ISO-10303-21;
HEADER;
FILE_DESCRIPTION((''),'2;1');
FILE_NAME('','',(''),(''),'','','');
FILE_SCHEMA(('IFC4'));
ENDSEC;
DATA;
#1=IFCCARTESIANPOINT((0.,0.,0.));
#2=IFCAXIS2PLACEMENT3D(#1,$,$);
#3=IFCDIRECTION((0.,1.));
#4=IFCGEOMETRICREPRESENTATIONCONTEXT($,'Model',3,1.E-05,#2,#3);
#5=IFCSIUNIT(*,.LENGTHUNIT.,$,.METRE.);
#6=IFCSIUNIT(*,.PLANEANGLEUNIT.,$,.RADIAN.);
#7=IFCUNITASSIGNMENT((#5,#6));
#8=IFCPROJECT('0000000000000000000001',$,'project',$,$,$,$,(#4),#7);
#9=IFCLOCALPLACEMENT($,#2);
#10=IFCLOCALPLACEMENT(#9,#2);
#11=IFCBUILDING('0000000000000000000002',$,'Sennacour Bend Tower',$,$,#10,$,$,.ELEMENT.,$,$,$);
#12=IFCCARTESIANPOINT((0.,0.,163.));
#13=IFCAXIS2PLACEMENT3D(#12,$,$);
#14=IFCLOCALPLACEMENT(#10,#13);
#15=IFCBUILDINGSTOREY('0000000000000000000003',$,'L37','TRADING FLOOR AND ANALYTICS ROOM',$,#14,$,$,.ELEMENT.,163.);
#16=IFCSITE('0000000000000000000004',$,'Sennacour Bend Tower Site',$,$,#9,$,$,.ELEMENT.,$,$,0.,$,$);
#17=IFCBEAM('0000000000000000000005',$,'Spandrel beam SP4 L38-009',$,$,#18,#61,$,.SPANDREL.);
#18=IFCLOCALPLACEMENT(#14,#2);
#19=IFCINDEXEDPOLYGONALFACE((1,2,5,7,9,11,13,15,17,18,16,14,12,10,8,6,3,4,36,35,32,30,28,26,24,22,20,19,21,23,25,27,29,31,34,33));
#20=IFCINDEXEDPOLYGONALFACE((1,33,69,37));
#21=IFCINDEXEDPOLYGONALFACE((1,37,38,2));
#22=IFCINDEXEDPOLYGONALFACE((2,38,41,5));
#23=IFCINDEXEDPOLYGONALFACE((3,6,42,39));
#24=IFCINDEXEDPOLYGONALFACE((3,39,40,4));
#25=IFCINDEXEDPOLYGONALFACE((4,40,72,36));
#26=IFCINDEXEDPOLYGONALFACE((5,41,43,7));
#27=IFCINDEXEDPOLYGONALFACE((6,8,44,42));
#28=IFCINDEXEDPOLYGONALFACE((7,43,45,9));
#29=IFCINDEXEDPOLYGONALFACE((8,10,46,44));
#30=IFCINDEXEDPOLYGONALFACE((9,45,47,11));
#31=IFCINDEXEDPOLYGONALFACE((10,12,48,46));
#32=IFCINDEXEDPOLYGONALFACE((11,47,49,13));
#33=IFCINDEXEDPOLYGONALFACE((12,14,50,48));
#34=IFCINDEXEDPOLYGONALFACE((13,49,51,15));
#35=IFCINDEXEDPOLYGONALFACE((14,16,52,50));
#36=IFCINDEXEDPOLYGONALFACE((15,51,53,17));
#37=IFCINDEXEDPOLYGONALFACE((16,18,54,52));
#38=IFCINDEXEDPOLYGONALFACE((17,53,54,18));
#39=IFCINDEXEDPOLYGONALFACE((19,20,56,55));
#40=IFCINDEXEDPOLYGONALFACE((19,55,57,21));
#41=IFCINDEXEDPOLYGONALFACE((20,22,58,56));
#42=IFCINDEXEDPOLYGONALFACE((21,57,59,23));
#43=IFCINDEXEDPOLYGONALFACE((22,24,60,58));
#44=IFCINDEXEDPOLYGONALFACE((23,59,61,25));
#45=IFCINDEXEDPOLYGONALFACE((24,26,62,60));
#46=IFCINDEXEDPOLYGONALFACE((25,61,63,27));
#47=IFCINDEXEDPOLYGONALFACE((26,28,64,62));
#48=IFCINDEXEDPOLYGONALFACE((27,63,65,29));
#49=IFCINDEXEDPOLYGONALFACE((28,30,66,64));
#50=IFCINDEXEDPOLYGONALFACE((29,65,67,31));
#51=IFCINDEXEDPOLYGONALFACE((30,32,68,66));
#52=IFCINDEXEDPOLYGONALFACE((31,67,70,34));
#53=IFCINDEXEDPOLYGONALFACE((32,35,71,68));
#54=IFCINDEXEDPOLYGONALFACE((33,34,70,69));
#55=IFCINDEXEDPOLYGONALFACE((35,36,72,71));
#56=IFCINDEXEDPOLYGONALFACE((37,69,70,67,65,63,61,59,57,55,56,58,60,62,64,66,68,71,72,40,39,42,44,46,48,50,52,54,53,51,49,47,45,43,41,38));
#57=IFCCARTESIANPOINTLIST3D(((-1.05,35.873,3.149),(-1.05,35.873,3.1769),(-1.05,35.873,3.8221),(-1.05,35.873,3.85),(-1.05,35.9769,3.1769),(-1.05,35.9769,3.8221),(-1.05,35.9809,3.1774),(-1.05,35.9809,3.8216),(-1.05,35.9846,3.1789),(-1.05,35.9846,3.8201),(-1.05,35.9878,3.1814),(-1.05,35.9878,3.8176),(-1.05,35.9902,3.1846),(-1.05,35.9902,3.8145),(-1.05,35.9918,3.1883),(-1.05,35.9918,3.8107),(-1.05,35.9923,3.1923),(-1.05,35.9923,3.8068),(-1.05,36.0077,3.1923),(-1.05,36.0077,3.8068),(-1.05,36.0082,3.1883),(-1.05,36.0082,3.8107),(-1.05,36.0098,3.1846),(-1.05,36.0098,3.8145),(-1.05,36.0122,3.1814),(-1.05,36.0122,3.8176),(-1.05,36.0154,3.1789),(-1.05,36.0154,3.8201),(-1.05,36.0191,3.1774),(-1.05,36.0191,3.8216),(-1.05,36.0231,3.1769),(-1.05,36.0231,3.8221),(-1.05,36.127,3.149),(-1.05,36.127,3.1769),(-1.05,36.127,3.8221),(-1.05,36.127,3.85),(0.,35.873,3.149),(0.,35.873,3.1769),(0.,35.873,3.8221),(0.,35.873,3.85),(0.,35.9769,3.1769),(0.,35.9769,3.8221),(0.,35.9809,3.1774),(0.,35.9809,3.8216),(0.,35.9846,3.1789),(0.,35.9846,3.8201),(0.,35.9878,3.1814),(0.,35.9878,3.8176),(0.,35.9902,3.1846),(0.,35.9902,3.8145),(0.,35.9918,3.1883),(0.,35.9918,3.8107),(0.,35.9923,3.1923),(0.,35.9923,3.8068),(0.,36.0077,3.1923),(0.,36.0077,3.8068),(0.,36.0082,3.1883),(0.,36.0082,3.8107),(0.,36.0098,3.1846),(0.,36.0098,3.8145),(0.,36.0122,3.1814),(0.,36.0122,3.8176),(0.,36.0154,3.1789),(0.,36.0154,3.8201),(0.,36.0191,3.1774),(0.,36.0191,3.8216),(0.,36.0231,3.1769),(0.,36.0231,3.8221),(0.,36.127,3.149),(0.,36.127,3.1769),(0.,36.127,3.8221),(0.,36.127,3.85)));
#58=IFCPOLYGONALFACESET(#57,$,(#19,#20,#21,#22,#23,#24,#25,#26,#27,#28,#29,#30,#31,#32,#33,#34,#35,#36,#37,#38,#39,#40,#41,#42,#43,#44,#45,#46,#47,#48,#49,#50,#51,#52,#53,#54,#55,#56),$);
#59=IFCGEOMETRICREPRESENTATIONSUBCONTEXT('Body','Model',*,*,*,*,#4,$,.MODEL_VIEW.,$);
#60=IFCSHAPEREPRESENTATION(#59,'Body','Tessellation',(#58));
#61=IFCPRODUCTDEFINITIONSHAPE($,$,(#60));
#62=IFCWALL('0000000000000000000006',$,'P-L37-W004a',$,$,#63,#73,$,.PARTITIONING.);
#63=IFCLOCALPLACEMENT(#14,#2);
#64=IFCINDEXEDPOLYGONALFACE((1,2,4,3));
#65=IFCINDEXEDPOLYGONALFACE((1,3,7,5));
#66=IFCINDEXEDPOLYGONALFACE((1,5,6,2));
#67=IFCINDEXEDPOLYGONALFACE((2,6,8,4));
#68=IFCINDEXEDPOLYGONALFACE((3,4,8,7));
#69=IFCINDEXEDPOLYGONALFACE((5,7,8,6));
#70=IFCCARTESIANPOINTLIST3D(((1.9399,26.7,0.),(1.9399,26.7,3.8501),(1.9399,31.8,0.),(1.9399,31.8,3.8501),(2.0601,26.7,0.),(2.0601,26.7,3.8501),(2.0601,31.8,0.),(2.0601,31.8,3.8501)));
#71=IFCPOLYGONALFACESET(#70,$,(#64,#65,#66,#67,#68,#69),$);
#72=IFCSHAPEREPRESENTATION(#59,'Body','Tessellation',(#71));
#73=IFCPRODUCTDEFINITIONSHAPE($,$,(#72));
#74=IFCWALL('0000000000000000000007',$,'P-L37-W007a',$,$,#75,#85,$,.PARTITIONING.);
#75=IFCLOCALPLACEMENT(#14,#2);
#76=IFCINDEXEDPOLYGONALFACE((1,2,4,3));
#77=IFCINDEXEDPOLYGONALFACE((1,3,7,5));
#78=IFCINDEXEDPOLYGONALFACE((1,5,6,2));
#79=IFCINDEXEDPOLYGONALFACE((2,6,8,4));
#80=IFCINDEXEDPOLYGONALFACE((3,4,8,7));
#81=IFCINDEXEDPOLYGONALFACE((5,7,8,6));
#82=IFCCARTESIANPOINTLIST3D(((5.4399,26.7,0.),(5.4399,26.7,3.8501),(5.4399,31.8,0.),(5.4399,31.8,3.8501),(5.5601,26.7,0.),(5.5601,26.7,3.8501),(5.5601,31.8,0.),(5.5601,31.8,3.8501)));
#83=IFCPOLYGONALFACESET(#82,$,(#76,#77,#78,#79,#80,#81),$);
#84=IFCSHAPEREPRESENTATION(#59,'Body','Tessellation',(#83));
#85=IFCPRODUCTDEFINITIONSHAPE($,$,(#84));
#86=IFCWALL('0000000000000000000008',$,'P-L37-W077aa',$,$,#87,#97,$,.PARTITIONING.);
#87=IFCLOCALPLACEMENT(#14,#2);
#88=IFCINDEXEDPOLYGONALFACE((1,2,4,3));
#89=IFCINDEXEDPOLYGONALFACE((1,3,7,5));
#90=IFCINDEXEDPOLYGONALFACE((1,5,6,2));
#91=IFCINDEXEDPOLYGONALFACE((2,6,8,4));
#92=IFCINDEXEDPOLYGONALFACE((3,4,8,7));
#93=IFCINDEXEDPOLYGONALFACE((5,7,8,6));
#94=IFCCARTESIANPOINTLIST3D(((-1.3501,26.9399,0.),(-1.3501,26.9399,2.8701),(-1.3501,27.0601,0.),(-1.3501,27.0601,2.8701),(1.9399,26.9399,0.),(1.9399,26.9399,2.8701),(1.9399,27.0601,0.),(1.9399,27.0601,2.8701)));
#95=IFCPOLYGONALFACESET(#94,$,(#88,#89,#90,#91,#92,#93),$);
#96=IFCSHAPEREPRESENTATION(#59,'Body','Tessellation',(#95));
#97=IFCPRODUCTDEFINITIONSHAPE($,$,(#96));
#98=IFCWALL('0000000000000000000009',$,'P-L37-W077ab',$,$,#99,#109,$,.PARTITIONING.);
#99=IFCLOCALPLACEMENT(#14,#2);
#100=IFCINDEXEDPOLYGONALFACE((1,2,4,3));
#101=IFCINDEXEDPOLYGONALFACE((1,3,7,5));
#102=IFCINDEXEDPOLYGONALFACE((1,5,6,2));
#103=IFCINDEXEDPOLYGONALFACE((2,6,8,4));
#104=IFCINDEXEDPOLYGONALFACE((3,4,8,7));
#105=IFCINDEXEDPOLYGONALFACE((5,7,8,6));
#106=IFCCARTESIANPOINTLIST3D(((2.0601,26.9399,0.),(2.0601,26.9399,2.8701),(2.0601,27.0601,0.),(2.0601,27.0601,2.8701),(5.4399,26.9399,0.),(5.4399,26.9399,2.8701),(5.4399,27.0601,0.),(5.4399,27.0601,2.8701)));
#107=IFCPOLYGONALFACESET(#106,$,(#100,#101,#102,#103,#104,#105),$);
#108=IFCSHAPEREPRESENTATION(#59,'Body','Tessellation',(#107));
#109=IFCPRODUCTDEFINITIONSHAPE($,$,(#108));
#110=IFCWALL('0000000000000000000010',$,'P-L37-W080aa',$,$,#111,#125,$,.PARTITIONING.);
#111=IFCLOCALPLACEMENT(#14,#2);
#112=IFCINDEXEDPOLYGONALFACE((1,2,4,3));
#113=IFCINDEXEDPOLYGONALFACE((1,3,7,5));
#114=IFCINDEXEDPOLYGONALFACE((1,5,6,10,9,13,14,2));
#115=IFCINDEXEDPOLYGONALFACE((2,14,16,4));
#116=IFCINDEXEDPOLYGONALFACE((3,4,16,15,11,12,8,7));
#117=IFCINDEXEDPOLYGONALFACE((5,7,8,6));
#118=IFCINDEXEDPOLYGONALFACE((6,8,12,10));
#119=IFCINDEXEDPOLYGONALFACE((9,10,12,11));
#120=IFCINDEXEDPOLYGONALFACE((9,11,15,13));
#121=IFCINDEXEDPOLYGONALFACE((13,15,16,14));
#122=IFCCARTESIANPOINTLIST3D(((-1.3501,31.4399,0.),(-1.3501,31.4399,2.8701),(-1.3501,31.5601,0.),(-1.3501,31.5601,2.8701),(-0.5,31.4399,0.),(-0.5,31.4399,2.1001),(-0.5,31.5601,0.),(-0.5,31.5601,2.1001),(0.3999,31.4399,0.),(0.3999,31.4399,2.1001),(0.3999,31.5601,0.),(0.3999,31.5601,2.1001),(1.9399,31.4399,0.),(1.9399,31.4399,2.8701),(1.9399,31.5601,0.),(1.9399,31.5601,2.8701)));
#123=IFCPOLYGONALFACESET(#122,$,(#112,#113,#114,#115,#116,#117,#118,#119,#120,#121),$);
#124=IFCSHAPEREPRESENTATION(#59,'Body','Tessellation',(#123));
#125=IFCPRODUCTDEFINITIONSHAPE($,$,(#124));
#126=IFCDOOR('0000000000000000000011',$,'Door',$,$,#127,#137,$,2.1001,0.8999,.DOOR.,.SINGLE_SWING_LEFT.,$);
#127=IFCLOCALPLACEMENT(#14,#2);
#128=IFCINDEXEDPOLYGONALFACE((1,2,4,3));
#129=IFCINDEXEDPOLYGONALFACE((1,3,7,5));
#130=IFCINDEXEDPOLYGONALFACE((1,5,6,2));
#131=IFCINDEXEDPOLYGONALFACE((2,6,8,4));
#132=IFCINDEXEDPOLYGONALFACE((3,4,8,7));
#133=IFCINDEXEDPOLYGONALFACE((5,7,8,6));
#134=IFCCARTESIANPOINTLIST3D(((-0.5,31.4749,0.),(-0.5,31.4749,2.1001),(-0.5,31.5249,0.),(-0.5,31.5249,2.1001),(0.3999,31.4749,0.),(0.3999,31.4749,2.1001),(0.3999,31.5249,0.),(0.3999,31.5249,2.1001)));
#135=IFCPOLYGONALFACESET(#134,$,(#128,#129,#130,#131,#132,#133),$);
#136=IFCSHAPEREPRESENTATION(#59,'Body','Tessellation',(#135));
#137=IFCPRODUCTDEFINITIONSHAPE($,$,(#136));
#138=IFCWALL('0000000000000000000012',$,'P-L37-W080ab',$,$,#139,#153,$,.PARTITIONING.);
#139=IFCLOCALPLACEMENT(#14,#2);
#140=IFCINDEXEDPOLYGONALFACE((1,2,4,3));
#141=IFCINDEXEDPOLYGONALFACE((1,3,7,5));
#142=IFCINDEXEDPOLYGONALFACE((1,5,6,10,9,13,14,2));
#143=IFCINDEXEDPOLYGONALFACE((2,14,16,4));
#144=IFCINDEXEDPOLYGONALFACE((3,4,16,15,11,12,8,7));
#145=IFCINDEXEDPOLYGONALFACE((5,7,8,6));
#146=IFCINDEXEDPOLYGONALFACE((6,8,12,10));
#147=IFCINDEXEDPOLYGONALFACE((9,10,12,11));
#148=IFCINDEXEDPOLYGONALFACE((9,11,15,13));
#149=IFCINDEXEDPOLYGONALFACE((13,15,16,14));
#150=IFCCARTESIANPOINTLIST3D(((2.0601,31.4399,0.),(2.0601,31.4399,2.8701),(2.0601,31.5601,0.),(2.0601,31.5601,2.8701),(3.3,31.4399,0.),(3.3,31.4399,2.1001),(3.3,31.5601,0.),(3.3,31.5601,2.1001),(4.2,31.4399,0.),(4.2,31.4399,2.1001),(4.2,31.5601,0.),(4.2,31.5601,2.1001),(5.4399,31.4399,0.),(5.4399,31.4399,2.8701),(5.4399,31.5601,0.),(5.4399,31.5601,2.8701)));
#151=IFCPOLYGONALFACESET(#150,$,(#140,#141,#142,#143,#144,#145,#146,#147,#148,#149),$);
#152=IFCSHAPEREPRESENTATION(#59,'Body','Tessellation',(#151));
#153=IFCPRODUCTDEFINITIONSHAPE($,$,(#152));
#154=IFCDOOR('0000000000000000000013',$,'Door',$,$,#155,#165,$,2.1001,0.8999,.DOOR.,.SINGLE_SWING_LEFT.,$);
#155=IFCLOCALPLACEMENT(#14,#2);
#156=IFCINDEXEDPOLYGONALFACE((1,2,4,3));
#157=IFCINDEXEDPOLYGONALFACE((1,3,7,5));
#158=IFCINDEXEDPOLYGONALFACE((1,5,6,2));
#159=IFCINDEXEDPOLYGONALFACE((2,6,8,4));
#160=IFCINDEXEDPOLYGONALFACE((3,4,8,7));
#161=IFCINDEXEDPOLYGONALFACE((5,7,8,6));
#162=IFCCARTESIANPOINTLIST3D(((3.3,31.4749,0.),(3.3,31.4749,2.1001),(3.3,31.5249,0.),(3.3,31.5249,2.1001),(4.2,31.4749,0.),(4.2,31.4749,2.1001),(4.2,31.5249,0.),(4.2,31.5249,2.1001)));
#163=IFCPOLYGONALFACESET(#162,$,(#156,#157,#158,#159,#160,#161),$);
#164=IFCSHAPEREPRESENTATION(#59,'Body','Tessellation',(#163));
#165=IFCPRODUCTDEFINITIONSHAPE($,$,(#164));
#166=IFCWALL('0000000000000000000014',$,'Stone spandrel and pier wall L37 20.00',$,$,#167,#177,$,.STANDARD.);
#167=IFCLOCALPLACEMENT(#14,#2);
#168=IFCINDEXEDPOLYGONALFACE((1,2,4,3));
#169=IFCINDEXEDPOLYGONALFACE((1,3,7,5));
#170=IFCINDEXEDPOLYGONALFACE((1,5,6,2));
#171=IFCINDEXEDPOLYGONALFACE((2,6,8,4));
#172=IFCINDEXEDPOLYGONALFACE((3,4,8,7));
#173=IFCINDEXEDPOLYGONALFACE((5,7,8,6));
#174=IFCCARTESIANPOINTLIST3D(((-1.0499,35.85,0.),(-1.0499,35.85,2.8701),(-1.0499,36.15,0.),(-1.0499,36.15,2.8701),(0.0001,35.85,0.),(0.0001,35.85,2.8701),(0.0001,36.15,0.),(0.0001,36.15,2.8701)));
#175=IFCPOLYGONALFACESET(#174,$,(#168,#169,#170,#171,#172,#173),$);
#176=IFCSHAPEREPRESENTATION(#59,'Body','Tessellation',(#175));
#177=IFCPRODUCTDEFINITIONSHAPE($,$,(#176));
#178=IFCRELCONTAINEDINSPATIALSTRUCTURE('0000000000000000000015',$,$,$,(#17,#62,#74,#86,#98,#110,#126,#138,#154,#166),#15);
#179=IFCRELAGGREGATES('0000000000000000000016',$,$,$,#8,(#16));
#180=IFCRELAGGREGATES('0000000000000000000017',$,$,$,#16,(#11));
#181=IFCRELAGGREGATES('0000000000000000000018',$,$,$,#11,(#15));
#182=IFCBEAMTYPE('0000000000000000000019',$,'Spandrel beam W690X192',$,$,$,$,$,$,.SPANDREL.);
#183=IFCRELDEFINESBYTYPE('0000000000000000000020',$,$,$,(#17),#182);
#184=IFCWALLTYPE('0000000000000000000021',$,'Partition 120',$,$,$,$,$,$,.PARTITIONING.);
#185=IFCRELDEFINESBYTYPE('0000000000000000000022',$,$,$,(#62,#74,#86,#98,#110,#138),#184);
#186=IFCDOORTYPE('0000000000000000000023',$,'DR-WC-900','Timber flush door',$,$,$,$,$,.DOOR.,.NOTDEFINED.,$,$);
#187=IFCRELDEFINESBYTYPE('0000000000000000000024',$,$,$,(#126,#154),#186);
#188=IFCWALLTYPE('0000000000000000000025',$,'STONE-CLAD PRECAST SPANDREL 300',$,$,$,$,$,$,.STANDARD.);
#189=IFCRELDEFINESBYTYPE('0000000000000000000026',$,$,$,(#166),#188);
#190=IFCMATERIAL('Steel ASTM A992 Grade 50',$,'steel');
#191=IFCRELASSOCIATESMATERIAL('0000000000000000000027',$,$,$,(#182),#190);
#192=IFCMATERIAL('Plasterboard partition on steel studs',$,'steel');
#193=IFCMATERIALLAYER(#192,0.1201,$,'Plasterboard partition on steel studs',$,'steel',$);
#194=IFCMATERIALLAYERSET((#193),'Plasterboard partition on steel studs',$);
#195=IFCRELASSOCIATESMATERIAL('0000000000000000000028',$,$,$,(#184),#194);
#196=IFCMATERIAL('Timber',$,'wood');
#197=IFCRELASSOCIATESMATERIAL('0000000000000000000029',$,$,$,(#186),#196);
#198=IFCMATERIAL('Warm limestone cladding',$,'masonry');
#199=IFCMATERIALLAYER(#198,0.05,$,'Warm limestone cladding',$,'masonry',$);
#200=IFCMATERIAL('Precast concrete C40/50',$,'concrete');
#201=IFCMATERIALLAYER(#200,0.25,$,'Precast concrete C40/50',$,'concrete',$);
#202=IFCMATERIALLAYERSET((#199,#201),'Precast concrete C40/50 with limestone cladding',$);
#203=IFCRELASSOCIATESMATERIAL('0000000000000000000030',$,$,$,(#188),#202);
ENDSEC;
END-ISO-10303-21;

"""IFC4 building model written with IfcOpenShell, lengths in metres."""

from ifc_helpers import new_model, si_unit, direction, frame, frame_2d, origin, origin_2d, place, context, subcontext, project, spatial, rectangle, i_section, extrude, material, layer, layer_set, material_profile, profile_set, type_object, element, fill, save


model = new_model("IFC4")

# Units and contexts
model_context = context("Model", 3, precision=1e-05, world=origin(), true_north=direction((0.0, 1.0)))
body_context = subcontext(model_context, "Body", "Model", "MODEL_VIEW")
ifc_project = project(units=[si_unit("LENGTHUNIT", "METRE"), si_unit("PLANEANGLEUNIT", "RADIAN")], contexts=[model_context])

# Site, building, storey
site_placement = place(None, origin())
site = spatial("IfcSite", under=ifc_project, at=site_placement, Name="Sennacour Bend Tower Site", CompositionType="ELEMENT", RefElevation=0.0)
building_placement = place(site_placement, origin())
building = spatial("IfcBuilding", under=site, at=building_placement, Name="Sennacour Bend Tower", CompositionType="ELEMENT")
storey_placement = place(building_placement, frame((0.0, 0.0, 163.0)))
storey = spatial("IfcBuildingStorey", under=building, at=storey_placement, Name="L37", Description="TRADING FLOOR AND ANALYTICS ROOM", CompositionType="ELEMENT", Elevation=163.0)

# Beam
ifc_material_1 = material(Name="Steel ASTM A992 Grade 50", Category="steel")
ifc_material_profile_1 = material_profile(ifc_material_1, i_section(OverallWidth=0.2539, OverallDepth=0.7009, WebThickness=0.0154, FlangeThickness=0.0278, FilletRadius=0.0154, at=origin_2d()), Name="Steel ASTM A992 Grade 50", Category="steel")
ifc_profile_set_1 = profile_set([ifc_material_profile_1], Name="Steel ASTM A992 Grade 50")
beam_type_1 = type_object("IfcBeamType", Name="Spandrel beam W690X192", PredefinedType="SPANDREL", material=ifc_profile_set_1)
beam_1_placement = place(storey_placement, frame((-1.05, 36.0, 3.4995), z_axis=(1.0, 0.0, 0.0), x_axis=(0.0, 1.0, 0.0)))
element("IfcBeam", 1, at=beam_1_placement, inside=storey, type_object=beam_type_1, Name="Spandrel beam SP4 L38-009", PredefinedType="SPANDREL", context=body_context, shape_type="SweptSolid", body=[
    extrude(i_section(OverallWidth=0.2539, OverallDepth=0.7009, WebThickness=0.0154, FlangeThickness=0.0278, FilletRadius=0.0154, at=origin_2d()), origin(), (0.0, 0.0, 1.0), 1.05),
])

# Walls
ifc_material_2 = material(Name="Plasterboard partition on steel studs", Category="steel")
ifc_layer_1 = layer(ifc_material_2, 0.1201, Name="Plasterboard partition on steel studs", Category="steel")
ifc_layer_set_1 = layer_set([ifc_layer_1], Name="Plasterboard partition on steel studs")
wall_type_1 = type_object("IfcWallType", Name="Partition 120", PredefinedType="PARTITIONING", material=ifc_layer_set_1)
for number, where, z_axis, x_axis, name in (
    (2, (2.0, 26.7, 0.0), (0.0, 0.0, 1.0), (0.0, 1.0, 0.0), "P-L37-W004a"),
    (3, (5.5, 26.7, 0.0), (0.0, 0.0, 1.0), (0.0, 1.0, 0.0), "P-L37-W007a"),
):
    element("IfcWall", number, at=place(storey_placement, frame(where, z_axis=z_axis, x_axis=x_axis)), inside=storey, type_object=wall_type_1, Name=name, PredefinedType="PARTITIONING", context=body_context, shape_type="SweptSolid", body=[
        extrude(rectangle(XDim=5.1001, YDim=0.1201, at=frame_2d((2.55, 0.0))), origin(), (0.0, 0.0, 1.0), 3.8501),
    ])
wall_1_placement = place(storey_placement, frame((-1.3501, 27.0, 0.0), z_axis=(0.0, 0.0, 1.0), x_axis=(1.0, 0.0, 0.0)))
element("IfcWall", 4, at=wall_1_placement, inside=storey, type_object=wall_type_1, Name="P-L37-W077aa", PredefinedType="PARTITIONING", context=body_context, shape_type="SweptSolid", body=[
    extrude(rectangle(XDim=3.29, YDim=0.1201, at=frame_2d((1.645, 0.0))), origin(), (0.0, 0.0, 1.0), 2.8701),
])
wall_2_placement = place(storey_placement, frame((2.0601, 27.0, 0.0), z_axis=(0.0, 0.0, 1.0), x_axis=(1.0, 0.0, 0.0)))
element("IfcWall", 5, at=wall_2_placement, inside=storey, type_object=wall_type_1, Name="P-L37-W077ab", PredefinedType="PARTITIONING", context=body_context, shape_type="SweptSolid", body=[
    extrude(rectangle(XDim=3.3799, YDim=0.1201, at=frame_2d((1.6899, 0.0))), origin(), (0.0, 0.0, 1.0), 2.8701),
])

# Walls, openings, doors
wall_3_placement = place(storey_placement, frame((-1.3501, 31.5, 0.0), z_axis=(0.0, 0.0, 1.0), x_axis=(1.0, 0.0, 0.0)))
wall_3 = element("IfcWall", 6, at=wall_3_placement, inside=storey, type_object=wall_type_1, Name="P-L37-W080aa", PredefinedType="PARTITIONING", context=body_context, shape_type="SweptSolid", body=[
    extrude(rectangle(XDim=3.29, YDim=0.1201, at=frame_2d((1.645, 0.0))), origin(), (0.0, 0.0, 1.0), 2.8701),
])
opening_1_placement = place(wall_3_placement, frame((0.8501, 0.0, 0.0)))
opening_1 = element("IfcOpeningElement", 7, at=opening_1_placement, cuts=wall_3, PredefinedType="OPENING", context=body_context, shape_type="SweptSolid", body=[
    extrude(rectangle(XDim=0.8999, YDim=2.1001, at=frame_2d((0.45, 1.05))), frame((0.0, 0.0701, 0.0), z_axis=(0.0, -1.0, 0.0), x_axis=(1.0, 0.0, 0.0)), (0.0, 0.0, 1.0), 0.1401),
])
ifc_material_3 = material(Name="Timber", Category="wood")
door_type = type_object("IfcDoorType", Name="DR-WC-900", Description="Timber flush door", OperationType="NOTDEFINED", PredefinedType="DOOR", material=ifc_material_3)
door_1_placement = place(opening_1_placement, origin())
door_1 = element("IfcDoor", 8, at=door_1_placement, inside=storey, type_object=door_type, Name="Door", OperationType="SINGLE_SWING_LEFT", OverallHeight=2.1001, OverallWidth=0.8999, PredefinedType="DOOR", context=body_context, shape_type="SweptSolid", body=[
    extrude(rectangle(XDim=0.8999, YDim=2.1001, at=frame_2d((0.45, 1.05))), frame((0.0, 0.0249, 0.0), z_axis=(0.0, -1.0, 0.0), x_axis=(1.0, 0.0, 0.0)), (0.0, 0.0, 1.0), 0.05),
])
fill(opening_1, door_1)
wall_4_placement = place(storey_placement, frame((2.0601, 31.5, 0.0), z_axis=(0.0, 0.0, 1.0), x_axis=(1.0, 0.0, 0.0)))
wall_4 = element("IfcWall", 9, at=wall_4_placement, inside=storey, type_object=wall_type_1, Name="P-L37-W080ab", PredefinedType="PARTITIONING", context=body_context, shape_type="SweptSolid", body=[
    extrude(rectangle(XDim=3.3799, YDim=0.1201, at=frame_2d((1.6899, 0.0))), origin(), (0.0, 0.0, 1.0), 2.8701),
])
opening_2_placement = place(wall_4_placement, frame((1.24, 0.0, 0.0)))
opening_2 = element("IfcOpeningElement", 10, at=opening_2_placement, cuts=wall_4, PredefinedType="OPENING", context=body_context, shape_type="SweptSolid", body=[
    extrude(rectangle(XDim=0.8999, YDim=2.1001, at=frame_2d((0.45, 1.05))), frame((0.0, 0.0701, 0.0), z_axis=(0.0, -1.0, 0.0), x_axis=(1.0, 0.0, 0.0)), (0.0, 0.0, 1.0), 0.1401),
])
door_2_placement = place(opening_2_placement, origin())
door_2 = element("IfcDoor", 11, at=door_2_placement, inside=storey, type_object=door_type, Name="Door", OperationType="SINGLE_SWING_LEFT", OverallHeight=2.1001, OverallWidth=0.8999, PredefinedType="DOOR", context=body_context, shape_type="SweptSolid", body=[
    extrude(rectangle(XDim=0.8999, YDim=2.1001, at=frame_2d((0.45, 1.05))), frame((0.0, 0.0249, 0.0), z_axis=(0.0, -1.0, 0.0), x_axis=(1.0, 0.0, 0.0)), (0.0, 0.0, 1.0), 0.05),
])
fill(opening_2, door_2)

# Wall
ifc_material_4 = material(Name="Warm limestone cladding", Category="masonry")
ifc_layer_2 = layer(ifc_material_4, 0.05, Name="Warm limestone cladding", Category="masonry")
ifc_material_5 = material(Name="Precast concrete C40/50", Category="concrete")
ifc_layer_3 = layer(ifc_material_5, 0.25, Name="Precast concrete C40/50", Category="concrete")
ifc_layer_set_2 = layer_set([ifc_layer_2, ifc_layer_3], Name="Precast concrete C40/50 with limestone cladding")
wall_type_2 = type_object("IfcWallType", Name="STONE-CLAD PRECAST SPANDREL 300", PredefinedType="STANDARD", material=ifc_layer_set_2)
wall_5_placement = place(storey_placement, frame((0.0, 36.0, 0.0), z_axis=(0.0, 0.0, 1.0), x_axis=(-1.0, 0.0, 0.0)))
element("IfcWall", 12, at=wall_5_placement, inside=storey, type_object=wall_type_2, Name="Stone spandrel and pier wall L37 20.00", PredefinedType="STANDARD", context=body_context, shape_type="SweptSolid", body=[
    extrude(rectangle(XDim=1.05, YDim=0.3, at=frame_2d((0.5249, 0.0))), origin(), (0.0, 0.0, 1.0), 2.8701),
])

save(model, "model.ifc")
